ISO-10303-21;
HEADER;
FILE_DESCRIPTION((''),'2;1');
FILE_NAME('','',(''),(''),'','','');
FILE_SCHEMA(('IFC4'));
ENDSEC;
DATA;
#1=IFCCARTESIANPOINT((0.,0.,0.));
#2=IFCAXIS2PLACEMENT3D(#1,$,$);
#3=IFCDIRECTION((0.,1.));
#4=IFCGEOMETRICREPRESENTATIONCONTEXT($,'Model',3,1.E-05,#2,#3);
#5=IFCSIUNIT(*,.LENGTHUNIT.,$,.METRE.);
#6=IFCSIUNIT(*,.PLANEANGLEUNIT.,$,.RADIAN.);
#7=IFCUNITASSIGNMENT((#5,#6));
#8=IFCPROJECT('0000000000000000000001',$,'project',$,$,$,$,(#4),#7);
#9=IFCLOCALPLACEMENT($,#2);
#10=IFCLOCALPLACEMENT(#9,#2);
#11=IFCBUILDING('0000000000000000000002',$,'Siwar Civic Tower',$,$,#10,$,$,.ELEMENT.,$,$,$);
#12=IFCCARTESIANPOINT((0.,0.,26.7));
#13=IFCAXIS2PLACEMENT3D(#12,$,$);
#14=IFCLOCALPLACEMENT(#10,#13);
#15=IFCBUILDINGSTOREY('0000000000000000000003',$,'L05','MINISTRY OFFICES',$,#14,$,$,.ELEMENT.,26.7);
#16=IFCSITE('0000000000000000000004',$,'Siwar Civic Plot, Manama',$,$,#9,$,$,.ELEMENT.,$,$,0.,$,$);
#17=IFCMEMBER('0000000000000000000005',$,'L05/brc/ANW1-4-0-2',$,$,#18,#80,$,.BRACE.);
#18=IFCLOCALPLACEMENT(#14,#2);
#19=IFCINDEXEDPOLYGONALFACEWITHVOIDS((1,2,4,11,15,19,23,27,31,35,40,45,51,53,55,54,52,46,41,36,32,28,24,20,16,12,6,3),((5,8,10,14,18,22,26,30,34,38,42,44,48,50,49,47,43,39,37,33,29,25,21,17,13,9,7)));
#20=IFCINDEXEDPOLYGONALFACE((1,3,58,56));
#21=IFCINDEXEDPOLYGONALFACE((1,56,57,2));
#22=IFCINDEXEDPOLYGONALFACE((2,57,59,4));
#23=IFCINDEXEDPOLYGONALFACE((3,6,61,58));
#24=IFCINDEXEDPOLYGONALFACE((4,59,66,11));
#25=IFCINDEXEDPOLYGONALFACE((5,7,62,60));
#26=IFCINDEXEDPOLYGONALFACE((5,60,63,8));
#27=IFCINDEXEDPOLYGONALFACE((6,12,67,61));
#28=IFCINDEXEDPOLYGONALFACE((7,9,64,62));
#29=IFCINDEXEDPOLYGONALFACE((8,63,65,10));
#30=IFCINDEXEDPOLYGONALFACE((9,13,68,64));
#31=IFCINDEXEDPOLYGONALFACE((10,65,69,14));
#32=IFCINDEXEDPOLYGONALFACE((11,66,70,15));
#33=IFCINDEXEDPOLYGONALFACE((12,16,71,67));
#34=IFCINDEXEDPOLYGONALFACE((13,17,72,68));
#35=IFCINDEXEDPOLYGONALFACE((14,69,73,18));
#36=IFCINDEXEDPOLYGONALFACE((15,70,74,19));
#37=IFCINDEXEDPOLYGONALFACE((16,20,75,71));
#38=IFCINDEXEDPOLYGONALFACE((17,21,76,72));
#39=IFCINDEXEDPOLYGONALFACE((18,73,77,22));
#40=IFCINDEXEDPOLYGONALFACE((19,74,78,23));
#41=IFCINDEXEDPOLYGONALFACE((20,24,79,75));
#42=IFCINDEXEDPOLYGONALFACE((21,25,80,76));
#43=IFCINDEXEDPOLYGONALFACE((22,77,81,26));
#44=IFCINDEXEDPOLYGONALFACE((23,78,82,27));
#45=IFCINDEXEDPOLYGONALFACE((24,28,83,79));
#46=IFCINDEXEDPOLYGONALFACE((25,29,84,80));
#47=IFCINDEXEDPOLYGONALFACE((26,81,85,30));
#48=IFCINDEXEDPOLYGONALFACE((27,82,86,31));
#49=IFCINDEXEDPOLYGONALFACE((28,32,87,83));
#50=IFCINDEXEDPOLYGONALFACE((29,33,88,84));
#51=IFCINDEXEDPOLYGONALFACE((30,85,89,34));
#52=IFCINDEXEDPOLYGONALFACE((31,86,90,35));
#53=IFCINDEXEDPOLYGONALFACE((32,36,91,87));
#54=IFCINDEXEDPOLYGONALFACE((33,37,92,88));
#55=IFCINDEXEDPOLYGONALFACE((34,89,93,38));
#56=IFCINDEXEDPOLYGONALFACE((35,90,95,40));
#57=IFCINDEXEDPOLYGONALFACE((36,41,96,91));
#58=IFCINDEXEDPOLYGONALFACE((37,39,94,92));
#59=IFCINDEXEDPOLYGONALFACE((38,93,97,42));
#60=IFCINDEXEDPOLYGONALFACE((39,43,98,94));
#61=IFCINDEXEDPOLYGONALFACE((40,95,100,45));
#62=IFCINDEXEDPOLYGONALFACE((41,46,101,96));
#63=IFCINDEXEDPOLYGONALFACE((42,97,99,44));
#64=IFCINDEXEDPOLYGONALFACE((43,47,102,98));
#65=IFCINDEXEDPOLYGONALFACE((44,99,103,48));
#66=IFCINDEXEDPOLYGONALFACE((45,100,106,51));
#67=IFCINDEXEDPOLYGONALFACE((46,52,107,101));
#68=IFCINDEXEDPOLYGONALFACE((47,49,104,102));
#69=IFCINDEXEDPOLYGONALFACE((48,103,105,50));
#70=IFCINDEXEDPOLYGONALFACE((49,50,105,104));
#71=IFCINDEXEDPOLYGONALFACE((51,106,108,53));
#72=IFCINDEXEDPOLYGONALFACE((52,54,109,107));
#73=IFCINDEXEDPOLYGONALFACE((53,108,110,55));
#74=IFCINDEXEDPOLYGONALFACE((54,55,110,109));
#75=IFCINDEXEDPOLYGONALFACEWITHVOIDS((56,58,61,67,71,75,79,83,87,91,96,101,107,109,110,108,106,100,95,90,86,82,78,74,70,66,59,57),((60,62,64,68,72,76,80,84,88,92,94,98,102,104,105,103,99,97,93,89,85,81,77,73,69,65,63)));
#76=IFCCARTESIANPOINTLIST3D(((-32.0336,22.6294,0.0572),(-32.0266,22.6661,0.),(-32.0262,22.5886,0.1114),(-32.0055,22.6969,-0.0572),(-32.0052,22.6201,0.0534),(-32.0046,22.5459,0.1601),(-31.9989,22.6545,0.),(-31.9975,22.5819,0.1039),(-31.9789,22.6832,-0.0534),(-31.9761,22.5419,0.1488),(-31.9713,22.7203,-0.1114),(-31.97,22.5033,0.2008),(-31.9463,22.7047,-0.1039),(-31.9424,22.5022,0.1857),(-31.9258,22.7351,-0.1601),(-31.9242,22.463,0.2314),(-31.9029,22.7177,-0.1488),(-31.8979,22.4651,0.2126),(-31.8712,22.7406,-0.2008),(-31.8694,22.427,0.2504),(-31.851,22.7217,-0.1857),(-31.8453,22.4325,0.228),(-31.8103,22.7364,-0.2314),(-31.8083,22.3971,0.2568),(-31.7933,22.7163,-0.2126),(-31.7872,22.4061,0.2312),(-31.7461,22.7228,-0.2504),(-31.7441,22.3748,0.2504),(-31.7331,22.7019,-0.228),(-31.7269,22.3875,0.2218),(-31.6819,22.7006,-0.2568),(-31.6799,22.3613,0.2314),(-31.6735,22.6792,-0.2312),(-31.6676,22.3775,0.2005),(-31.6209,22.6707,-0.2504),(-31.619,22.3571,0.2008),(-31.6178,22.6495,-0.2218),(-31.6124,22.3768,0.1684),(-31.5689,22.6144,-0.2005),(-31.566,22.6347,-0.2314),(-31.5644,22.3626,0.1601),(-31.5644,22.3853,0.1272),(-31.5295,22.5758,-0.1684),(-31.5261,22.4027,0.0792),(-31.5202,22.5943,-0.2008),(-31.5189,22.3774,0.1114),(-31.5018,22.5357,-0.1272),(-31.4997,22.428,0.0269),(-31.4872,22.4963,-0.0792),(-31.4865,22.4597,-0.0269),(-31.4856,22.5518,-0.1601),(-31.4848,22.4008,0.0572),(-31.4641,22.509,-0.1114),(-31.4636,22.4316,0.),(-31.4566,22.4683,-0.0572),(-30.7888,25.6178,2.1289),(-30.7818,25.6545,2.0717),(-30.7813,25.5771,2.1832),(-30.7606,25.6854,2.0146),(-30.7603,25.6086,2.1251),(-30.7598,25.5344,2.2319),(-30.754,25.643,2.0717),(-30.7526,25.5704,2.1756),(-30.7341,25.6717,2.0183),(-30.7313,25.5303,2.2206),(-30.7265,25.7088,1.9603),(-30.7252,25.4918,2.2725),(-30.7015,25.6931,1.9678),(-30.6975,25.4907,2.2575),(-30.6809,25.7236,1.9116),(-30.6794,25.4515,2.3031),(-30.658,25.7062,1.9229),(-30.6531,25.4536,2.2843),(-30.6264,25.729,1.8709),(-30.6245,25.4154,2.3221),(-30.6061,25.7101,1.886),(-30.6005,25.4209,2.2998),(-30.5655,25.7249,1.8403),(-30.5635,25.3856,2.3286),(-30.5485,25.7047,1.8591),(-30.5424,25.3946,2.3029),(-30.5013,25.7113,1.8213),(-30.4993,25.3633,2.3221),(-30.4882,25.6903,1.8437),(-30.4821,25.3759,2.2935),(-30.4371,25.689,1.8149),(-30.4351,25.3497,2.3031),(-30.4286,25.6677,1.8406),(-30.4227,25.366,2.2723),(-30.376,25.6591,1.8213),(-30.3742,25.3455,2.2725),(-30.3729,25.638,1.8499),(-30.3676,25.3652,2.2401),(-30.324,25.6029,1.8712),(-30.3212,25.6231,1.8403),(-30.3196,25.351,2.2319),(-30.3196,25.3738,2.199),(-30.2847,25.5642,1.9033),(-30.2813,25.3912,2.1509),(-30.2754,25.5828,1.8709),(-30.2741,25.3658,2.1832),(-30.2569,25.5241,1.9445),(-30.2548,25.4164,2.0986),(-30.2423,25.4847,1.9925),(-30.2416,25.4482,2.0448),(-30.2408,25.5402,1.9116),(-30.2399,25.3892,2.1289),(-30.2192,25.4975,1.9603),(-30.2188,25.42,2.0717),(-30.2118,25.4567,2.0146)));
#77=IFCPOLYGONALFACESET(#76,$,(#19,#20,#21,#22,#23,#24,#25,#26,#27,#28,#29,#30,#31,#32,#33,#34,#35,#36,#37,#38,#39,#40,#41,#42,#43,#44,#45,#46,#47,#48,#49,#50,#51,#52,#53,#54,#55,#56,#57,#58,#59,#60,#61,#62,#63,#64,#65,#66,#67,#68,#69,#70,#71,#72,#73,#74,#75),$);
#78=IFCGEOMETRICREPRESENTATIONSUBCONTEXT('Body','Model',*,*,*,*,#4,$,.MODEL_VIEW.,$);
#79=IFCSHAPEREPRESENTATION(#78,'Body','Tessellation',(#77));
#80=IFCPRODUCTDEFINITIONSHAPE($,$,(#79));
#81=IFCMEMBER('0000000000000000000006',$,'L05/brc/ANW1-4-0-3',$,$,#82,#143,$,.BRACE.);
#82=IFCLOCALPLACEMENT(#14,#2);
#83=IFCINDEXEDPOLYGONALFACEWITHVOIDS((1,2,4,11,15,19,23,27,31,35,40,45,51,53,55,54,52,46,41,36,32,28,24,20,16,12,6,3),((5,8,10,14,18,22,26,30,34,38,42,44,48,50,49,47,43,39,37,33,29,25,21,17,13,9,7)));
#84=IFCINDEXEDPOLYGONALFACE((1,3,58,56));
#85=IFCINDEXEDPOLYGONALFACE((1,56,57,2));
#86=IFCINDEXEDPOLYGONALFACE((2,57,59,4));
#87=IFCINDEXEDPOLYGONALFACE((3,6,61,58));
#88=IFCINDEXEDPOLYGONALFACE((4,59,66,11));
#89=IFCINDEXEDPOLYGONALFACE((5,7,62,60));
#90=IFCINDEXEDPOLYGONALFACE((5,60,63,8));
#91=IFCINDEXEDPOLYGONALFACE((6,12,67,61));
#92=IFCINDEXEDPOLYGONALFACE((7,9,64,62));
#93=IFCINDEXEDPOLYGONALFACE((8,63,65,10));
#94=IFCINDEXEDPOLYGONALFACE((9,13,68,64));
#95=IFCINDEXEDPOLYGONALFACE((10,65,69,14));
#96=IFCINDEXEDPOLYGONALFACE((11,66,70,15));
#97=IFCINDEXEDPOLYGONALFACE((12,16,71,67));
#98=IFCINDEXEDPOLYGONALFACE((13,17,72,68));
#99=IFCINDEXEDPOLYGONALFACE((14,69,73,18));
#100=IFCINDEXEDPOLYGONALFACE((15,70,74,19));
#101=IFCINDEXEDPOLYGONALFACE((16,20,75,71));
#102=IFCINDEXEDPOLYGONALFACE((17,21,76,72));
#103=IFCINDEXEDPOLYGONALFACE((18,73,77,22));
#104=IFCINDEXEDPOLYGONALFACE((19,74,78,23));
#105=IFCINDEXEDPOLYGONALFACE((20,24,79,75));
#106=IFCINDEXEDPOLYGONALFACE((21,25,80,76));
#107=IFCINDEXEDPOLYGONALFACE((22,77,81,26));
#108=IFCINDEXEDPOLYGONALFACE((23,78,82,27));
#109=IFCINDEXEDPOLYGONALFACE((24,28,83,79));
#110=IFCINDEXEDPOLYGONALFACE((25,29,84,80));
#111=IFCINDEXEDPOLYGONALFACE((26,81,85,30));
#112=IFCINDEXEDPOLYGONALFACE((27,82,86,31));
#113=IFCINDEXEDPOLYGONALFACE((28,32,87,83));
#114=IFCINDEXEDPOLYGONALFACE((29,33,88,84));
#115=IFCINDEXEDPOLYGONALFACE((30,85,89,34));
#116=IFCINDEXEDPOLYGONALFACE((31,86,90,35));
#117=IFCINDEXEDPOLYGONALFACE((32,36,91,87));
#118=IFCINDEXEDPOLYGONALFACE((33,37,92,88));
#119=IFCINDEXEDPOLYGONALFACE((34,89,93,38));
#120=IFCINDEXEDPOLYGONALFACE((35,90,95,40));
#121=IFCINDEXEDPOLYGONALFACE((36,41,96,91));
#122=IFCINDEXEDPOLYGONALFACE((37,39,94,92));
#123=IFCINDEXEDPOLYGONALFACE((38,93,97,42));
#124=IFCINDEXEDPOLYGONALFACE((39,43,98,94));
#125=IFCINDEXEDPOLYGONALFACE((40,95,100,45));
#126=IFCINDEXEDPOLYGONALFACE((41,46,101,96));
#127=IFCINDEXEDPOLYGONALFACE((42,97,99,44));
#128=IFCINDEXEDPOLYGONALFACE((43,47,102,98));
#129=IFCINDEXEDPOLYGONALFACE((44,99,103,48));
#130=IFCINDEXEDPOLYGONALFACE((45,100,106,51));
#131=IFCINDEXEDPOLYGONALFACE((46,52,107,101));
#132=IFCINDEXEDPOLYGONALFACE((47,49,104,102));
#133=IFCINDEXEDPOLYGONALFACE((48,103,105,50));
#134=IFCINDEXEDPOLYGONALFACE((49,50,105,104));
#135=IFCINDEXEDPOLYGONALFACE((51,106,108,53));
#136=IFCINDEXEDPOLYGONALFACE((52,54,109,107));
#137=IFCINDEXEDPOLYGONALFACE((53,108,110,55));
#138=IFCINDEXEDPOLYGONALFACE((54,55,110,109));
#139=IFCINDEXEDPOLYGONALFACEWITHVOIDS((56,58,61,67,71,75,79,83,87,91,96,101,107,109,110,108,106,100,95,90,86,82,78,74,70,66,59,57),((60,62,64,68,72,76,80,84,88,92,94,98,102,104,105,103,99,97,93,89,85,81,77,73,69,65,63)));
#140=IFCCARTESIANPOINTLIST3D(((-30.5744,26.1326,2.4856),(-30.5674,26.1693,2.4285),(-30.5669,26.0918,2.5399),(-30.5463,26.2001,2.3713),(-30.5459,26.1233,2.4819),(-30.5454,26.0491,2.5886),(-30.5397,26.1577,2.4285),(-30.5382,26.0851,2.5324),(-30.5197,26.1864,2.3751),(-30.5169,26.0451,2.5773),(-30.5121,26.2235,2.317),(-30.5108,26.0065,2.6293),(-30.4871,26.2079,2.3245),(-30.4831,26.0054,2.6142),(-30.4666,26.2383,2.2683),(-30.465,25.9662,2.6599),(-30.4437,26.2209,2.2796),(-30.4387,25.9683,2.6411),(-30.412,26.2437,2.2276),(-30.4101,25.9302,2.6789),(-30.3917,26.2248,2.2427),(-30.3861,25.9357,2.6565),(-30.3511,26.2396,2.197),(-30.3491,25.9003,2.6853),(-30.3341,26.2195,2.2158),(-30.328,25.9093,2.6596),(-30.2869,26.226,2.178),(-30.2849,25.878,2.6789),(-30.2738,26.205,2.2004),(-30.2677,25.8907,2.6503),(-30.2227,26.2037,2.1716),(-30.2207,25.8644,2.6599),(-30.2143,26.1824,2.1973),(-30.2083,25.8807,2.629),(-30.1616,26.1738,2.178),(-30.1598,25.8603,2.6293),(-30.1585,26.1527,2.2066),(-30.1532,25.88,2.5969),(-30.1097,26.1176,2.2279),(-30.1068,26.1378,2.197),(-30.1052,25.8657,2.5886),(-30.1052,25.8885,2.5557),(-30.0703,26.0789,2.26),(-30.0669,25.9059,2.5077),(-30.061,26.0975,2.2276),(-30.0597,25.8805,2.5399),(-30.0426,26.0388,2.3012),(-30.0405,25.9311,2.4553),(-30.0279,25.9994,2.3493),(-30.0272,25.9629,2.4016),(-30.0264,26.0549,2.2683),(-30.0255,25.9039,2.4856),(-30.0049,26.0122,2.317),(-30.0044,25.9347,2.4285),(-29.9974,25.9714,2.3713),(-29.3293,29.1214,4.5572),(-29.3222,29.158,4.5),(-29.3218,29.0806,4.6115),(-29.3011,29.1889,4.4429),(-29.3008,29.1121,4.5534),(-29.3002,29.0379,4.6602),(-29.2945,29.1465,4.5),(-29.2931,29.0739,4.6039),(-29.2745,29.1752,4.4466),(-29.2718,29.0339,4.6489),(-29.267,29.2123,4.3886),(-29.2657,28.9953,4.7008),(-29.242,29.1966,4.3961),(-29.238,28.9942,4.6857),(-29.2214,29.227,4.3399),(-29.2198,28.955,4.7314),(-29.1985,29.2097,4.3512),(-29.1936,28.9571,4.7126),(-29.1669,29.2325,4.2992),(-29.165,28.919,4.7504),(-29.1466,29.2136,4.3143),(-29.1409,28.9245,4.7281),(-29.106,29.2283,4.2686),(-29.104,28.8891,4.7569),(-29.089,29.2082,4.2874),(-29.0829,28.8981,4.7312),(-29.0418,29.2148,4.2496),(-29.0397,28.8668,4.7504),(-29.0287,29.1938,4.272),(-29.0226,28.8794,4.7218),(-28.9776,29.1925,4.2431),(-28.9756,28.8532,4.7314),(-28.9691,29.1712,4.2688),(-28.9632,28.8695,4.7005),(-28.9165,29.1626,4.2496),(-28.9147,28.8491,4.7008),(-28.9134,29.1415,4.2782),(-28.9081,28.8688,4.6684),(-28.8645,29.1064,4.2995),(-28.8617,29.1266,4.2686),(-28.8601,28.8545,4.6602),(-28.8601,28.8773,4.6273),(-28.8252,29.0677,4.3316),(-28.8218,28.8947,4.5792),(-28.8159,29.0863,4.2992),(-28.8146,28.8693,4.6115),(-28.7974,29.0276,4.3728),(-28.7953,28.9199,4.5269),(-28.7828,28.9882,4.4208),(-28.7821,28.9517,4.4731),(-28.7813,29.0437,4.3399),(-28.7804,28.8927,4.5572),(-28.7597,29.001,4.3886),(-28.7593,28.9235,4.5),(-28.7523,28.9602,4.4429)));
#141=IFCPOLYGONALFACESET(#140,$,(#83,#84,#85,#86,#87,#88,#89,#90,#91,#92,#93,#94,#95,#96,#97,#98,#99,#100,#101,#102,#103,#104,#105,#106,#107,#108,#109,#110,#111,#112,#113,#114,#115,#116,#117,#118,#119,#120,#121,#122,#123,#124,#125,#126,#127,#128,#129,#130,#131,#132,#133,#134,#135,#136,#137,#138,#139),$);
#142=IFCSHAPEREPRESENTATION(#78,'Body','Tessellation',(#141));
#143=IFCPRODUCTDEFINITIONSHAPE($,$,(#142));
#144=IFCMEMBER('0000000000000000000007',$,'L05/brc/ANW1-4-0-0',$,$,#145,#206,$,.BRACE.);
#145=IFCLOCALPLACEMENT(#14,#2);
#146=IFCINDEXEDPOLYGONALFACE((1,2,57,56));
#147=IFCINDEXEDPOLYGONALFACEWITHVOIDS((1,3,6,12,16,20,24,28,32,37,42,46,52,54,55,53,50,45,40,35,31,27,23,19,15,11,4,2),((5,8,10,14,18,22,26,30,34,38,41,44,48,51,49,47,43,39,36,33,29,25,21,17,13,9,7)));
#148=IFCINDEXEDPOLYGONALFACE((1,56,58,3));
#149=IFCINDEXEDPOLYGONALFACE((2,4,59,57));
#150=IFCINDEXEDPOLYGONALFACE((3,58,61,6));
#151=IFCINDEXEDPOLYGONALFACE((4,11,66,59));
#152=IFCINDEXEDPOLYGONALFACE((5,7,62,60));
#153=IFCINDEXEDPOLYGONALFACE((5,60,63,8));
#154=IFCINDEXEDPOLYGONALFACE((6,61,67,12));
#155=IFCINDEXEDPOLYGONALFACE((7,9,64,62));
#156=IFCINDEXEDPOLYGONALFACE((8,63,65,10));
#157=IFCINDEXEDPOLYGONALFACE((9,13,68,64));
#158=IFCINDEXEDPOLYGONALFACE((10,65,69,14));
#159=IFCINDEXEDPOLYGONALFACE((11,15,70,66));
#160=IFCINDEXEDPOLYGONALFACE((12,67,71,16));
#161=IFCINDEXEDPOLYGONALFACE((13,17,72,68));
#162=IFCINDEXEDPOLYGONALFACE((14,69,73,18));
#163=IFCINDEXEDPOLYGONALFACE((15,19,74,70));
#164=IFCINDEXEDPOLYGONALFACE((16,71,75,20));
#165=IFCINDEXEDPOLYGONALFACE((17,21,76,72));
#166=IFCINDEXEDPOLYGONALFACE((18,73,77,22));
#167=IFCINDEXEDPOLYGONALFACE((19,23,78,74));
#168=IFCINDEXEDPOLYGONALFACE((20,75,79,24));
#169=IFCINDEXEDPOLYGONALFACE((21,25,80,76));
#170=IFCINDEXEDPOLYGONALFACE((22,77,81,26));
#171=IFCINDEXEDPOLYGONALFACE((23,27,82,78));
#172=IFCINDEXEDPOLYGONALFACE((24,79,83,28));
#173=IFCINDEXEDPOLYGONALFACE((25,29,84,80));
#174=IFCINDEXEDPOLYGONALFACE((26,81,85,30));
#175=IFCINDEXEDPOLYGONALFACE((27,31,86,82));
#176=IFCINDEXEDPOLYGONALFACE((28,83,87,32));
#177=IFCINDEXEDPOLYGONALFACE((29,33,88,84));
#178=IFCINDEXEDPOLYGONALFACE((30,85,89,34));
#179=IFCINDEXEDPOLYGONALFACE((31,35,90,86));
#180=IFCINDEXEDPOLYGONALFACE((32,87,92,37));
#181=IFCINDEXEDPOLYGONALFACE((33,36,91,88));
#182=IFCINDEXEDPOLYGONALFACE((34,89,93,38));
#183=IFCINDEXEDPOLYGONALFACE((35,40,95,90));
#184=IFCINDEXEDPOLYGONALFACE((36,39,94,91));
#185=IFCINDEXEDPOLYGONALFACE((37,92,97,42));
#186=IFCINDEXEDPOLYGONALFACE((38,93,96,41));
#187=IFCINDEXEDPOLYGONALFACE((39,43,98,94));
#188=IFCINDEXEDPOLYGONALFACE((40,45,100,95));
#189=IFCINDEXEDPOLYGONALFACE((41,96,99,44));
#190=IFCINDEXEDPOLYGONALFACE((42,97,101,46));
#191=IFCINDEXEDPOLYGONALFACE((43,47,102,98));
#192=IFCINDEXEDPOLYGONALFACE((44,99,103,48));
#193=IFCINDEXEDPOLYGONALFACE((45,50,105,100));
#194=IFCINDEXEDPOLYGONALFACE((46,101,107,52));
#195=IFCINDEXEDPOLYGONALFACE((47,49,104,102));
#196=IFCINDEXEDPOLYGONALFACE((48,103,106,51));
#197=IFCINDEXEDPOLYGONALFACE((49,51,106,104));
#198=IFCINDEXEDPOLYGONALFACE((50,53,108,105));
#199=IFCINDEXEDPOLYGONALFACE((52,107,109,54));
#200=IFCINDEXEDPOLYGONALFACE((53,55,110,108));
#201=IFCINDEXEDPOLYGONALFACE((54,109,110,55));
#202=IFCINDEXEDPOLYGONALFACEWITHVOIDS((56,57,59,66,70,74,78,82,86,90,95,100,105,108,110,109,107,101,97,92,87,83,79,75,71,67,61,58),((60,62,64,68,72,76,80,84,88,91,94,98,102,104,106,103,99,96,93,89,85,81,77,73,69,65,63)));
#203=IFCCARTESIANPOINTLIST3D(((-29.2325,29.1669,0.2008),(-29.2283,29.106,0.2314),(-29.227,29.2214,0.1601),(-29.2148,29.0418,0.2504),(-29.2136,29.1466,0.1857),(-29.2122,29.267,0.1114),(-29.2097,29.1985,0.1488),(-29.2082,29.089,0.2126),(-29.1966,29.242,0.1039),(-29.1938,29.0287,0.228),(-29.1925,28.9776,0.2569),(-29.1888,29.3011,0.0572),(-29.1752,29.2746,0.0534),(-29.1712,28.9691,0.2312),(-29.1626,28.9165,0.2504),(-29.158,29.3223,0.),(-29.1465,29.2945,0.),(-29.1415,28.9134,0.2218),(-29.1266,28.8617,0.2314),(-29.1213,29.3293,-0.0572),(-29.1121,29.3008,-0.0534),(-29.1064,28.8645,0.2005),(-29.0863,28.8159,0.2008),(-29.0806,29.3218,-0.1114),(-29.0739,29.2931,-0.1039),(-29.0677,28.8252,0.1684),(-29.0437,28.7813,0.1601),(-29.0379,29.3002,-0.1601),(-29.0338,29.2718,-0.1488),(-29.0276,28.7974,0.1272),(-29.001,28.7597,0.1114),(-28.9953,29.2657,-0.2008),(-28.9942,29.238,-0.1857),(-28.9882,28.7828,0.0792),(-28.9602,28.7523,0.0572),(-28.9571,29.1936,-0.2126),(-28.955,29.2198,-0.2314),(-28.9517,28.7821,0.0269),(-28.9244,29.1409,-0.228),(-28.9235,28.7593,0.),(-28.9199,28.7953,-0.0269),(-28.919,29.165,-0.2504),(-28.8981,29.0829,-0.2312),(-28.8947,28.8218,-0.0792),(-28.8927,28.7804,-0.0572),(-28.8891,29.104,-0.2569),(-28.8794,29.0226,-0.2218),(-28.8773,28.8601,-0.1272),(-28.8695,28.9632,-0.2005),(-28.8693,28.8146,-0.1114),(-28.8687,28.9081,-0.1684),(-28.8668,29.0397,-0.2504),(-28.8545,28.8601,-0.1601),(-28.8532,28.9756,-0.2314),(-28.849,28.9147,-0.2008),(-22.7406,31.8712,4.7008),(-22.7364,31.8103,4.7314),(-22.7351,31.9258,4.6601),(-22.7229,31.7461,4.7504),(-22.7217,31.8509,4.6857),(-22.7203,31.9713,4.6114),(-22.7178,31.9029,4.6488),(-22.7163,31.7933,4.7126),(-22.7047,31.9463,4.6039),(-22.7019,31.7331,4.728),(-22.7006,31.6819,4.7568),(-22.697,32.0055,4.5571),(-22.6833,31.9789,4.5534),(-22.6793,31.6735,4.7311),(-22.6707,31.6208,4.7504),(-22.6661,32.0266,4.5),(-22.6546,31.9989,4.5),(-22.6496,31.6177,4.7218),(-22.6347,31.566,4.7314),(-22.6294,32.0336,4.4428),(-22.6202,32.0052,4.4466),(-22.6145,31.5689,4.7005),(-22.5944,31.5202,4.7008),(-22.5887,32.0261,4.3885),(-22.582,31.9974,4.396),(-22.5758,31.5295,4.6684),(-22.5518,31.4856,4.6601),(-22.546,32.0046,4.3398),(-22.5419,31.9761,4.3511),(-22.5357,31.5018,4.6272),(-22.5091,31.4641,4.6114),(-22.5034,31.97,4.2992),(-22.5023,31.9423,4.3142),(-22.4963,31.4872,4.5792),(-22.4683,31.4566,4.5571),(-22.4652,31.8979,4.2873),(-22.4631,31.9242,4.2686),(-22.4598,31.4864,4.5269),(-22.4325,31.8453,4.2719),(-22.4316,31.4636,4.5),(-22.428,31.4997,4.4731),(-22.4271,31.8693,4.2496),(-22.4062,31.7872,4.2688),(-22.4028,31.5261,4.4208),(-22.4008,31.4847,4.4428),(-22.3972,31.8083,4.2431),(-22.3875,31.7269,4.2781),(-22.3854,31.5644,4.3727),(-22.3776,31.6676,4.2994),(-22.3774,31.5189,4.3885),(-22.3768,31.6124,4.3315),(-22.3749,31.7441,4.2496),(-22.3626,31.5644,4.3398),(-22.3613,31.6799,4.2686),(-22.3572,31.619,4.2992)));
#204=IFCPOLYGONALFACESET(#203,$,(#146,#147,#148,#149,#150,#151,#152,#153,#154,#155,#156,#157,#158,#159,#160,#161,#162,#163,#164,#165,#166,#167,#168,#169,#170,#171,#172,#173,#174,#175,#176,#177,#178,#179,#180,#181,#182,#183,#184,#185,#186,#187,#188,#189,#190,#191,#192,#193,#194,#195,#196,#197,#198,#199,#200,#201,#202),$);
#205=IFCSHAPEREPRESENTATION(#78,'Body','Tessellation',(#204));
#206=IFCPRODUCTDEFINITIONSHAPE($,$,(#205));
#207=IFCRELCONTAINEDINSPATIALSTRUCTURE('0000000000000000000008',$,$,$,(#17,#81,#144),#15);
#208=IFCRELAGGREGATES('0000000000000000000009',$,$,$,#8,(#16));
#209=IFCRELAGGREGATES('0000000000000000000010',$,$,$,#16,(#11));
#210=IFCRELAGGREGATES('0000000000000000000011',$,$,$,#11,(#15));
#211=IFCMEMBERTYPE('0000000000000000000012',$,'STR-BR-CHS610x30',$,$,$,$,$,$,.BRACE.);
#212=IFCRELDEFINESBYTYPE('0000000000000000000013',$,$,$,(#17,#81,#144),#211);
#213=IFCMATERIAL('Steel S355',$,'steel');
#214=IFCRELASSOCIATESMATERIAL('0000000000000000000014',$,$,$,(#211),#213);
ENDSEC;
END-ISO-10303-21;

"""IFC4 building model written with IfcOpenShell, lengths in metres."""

from ifc_helpers import new_model, si_unit, direction, frame, origin, origin_2d, place, context, subcontext, project, spatial, hollow_circle, extrude, material, material_profile, profile_set, type_object, element, save


model = new_model("IFC4")

# Units and contexts
model_context = context("Model", 3, precision=1e-05, world=origin(), true_north=direction((0.0, 1.0)))
body_context = subcontext(model_context, "Body", "Model", "MODEL_VIEW")
ifc_project = project(units=[si_unit("LENGTHUNIT", "METRE"), si_unit("PLANEANGLEUNIT", "RADIAN")], contexts=[model_context])

# Site, building, storey
site_placement = place(None, origin())
site = spatial("IfcSite", under=ifc_project, at=site_placement, Name="Siwar Civic Plot, Manama", CompositionType="ELEMENT", RefElevation=0.0)
building_placement = place(site_placement, origin())
building = spatial("IfcBuilding", under=site, at=building_placement, Name="Siwar Civic Tower", CompositionType="ELEMENT")
storey_placement = place(building_placement, frame((0.0, 0.0, 26.7)))
storey = spatial("IfcBuildingStorey", under=building, at=storey_placement, Name="L05", Description="MINISTRY OFFICES", CompositionType="ELEMENT", Elevation=26.7)

# Members
ifc_material_1 = material(Name="Steel S355", Category="steel")
ifc_material_profile_1 = material_profile(ifc_material_1, hollow_circle(Radius=0.3049, WallThickness=0.03, at=origin_2d()), Name="CHS610x30")
ifc_profile_set_1 = profile_set([ifc_material_profile_1], Name="Steel S355")
member_type_1 = type_object("IfcMemberType", Name="STR-BR-CHS610x30", PredefinedType="BRACE", material=ifc_profile_set_1)
member_1_placement = place(storey_placement, frame((-31.7451, 22.5488, 0.0), z_axis=(0.323882, 0.777533, 0.53902), x_axis=(-0.923115, 0.384524, 0.0)))
element("IfcMember", 1, at=member_1_placement, inside=storey, type_object=member_type_1, Name="L05/brc/ANW1-4-0-2", PredefinedType="BRACE", context=body_context, shape_type="SweptSolid", body=[
    extrude(hollow_circle(Radius=0.3049, WallThickness=0.03, at=origin_2d()), origin(), (0.0, 0.0, 1.0), 3.8435),
])
member_2_placement = place(storey_placement, frame((-30.2859, 26.052, 2.4285), z_axis=(0.323934, 0.777569, 0.538937), x_axis=(-0.923099, 0.384562, 0.0)))
element("IfcMember", 2, at=member_2_placement, inside=storey, type_object=member_type_1, Name="L05/brc/ANW1-4-0-3", PredefinedType="BRACE", context=body_context, shape_type="SweptSolid", body=[
    extrude(hollow_circle(Radius=0.3049, WallThickness=0.03, at=origin_2d()), origin(), (0.0, 0.0, 1.0), 3.8438),
])
member_3_placement = place(storey_placement, frame((-29.0408, 29.0408, 0.0), z_axis=(0.777555, 0.323906, 0.538975), x_axis=(-0.384539, 0.923109, 0.0)))
element("IfcMember", 3, at=member_3_placement, inside=storey, type_object=member_type_1, Name="L05/brc/ANW1-4-0-0", PredefinedType="BRACE", context=body_context, shape_type="SweptSolid", body=[
    extrude(hollow_circle(Radius=0.3049, WallThickness=0.03, at=origin_2d()), origin(), (0.0, 0.0, 1.0), 8.3491),
])

save(model, "model.ifc")
